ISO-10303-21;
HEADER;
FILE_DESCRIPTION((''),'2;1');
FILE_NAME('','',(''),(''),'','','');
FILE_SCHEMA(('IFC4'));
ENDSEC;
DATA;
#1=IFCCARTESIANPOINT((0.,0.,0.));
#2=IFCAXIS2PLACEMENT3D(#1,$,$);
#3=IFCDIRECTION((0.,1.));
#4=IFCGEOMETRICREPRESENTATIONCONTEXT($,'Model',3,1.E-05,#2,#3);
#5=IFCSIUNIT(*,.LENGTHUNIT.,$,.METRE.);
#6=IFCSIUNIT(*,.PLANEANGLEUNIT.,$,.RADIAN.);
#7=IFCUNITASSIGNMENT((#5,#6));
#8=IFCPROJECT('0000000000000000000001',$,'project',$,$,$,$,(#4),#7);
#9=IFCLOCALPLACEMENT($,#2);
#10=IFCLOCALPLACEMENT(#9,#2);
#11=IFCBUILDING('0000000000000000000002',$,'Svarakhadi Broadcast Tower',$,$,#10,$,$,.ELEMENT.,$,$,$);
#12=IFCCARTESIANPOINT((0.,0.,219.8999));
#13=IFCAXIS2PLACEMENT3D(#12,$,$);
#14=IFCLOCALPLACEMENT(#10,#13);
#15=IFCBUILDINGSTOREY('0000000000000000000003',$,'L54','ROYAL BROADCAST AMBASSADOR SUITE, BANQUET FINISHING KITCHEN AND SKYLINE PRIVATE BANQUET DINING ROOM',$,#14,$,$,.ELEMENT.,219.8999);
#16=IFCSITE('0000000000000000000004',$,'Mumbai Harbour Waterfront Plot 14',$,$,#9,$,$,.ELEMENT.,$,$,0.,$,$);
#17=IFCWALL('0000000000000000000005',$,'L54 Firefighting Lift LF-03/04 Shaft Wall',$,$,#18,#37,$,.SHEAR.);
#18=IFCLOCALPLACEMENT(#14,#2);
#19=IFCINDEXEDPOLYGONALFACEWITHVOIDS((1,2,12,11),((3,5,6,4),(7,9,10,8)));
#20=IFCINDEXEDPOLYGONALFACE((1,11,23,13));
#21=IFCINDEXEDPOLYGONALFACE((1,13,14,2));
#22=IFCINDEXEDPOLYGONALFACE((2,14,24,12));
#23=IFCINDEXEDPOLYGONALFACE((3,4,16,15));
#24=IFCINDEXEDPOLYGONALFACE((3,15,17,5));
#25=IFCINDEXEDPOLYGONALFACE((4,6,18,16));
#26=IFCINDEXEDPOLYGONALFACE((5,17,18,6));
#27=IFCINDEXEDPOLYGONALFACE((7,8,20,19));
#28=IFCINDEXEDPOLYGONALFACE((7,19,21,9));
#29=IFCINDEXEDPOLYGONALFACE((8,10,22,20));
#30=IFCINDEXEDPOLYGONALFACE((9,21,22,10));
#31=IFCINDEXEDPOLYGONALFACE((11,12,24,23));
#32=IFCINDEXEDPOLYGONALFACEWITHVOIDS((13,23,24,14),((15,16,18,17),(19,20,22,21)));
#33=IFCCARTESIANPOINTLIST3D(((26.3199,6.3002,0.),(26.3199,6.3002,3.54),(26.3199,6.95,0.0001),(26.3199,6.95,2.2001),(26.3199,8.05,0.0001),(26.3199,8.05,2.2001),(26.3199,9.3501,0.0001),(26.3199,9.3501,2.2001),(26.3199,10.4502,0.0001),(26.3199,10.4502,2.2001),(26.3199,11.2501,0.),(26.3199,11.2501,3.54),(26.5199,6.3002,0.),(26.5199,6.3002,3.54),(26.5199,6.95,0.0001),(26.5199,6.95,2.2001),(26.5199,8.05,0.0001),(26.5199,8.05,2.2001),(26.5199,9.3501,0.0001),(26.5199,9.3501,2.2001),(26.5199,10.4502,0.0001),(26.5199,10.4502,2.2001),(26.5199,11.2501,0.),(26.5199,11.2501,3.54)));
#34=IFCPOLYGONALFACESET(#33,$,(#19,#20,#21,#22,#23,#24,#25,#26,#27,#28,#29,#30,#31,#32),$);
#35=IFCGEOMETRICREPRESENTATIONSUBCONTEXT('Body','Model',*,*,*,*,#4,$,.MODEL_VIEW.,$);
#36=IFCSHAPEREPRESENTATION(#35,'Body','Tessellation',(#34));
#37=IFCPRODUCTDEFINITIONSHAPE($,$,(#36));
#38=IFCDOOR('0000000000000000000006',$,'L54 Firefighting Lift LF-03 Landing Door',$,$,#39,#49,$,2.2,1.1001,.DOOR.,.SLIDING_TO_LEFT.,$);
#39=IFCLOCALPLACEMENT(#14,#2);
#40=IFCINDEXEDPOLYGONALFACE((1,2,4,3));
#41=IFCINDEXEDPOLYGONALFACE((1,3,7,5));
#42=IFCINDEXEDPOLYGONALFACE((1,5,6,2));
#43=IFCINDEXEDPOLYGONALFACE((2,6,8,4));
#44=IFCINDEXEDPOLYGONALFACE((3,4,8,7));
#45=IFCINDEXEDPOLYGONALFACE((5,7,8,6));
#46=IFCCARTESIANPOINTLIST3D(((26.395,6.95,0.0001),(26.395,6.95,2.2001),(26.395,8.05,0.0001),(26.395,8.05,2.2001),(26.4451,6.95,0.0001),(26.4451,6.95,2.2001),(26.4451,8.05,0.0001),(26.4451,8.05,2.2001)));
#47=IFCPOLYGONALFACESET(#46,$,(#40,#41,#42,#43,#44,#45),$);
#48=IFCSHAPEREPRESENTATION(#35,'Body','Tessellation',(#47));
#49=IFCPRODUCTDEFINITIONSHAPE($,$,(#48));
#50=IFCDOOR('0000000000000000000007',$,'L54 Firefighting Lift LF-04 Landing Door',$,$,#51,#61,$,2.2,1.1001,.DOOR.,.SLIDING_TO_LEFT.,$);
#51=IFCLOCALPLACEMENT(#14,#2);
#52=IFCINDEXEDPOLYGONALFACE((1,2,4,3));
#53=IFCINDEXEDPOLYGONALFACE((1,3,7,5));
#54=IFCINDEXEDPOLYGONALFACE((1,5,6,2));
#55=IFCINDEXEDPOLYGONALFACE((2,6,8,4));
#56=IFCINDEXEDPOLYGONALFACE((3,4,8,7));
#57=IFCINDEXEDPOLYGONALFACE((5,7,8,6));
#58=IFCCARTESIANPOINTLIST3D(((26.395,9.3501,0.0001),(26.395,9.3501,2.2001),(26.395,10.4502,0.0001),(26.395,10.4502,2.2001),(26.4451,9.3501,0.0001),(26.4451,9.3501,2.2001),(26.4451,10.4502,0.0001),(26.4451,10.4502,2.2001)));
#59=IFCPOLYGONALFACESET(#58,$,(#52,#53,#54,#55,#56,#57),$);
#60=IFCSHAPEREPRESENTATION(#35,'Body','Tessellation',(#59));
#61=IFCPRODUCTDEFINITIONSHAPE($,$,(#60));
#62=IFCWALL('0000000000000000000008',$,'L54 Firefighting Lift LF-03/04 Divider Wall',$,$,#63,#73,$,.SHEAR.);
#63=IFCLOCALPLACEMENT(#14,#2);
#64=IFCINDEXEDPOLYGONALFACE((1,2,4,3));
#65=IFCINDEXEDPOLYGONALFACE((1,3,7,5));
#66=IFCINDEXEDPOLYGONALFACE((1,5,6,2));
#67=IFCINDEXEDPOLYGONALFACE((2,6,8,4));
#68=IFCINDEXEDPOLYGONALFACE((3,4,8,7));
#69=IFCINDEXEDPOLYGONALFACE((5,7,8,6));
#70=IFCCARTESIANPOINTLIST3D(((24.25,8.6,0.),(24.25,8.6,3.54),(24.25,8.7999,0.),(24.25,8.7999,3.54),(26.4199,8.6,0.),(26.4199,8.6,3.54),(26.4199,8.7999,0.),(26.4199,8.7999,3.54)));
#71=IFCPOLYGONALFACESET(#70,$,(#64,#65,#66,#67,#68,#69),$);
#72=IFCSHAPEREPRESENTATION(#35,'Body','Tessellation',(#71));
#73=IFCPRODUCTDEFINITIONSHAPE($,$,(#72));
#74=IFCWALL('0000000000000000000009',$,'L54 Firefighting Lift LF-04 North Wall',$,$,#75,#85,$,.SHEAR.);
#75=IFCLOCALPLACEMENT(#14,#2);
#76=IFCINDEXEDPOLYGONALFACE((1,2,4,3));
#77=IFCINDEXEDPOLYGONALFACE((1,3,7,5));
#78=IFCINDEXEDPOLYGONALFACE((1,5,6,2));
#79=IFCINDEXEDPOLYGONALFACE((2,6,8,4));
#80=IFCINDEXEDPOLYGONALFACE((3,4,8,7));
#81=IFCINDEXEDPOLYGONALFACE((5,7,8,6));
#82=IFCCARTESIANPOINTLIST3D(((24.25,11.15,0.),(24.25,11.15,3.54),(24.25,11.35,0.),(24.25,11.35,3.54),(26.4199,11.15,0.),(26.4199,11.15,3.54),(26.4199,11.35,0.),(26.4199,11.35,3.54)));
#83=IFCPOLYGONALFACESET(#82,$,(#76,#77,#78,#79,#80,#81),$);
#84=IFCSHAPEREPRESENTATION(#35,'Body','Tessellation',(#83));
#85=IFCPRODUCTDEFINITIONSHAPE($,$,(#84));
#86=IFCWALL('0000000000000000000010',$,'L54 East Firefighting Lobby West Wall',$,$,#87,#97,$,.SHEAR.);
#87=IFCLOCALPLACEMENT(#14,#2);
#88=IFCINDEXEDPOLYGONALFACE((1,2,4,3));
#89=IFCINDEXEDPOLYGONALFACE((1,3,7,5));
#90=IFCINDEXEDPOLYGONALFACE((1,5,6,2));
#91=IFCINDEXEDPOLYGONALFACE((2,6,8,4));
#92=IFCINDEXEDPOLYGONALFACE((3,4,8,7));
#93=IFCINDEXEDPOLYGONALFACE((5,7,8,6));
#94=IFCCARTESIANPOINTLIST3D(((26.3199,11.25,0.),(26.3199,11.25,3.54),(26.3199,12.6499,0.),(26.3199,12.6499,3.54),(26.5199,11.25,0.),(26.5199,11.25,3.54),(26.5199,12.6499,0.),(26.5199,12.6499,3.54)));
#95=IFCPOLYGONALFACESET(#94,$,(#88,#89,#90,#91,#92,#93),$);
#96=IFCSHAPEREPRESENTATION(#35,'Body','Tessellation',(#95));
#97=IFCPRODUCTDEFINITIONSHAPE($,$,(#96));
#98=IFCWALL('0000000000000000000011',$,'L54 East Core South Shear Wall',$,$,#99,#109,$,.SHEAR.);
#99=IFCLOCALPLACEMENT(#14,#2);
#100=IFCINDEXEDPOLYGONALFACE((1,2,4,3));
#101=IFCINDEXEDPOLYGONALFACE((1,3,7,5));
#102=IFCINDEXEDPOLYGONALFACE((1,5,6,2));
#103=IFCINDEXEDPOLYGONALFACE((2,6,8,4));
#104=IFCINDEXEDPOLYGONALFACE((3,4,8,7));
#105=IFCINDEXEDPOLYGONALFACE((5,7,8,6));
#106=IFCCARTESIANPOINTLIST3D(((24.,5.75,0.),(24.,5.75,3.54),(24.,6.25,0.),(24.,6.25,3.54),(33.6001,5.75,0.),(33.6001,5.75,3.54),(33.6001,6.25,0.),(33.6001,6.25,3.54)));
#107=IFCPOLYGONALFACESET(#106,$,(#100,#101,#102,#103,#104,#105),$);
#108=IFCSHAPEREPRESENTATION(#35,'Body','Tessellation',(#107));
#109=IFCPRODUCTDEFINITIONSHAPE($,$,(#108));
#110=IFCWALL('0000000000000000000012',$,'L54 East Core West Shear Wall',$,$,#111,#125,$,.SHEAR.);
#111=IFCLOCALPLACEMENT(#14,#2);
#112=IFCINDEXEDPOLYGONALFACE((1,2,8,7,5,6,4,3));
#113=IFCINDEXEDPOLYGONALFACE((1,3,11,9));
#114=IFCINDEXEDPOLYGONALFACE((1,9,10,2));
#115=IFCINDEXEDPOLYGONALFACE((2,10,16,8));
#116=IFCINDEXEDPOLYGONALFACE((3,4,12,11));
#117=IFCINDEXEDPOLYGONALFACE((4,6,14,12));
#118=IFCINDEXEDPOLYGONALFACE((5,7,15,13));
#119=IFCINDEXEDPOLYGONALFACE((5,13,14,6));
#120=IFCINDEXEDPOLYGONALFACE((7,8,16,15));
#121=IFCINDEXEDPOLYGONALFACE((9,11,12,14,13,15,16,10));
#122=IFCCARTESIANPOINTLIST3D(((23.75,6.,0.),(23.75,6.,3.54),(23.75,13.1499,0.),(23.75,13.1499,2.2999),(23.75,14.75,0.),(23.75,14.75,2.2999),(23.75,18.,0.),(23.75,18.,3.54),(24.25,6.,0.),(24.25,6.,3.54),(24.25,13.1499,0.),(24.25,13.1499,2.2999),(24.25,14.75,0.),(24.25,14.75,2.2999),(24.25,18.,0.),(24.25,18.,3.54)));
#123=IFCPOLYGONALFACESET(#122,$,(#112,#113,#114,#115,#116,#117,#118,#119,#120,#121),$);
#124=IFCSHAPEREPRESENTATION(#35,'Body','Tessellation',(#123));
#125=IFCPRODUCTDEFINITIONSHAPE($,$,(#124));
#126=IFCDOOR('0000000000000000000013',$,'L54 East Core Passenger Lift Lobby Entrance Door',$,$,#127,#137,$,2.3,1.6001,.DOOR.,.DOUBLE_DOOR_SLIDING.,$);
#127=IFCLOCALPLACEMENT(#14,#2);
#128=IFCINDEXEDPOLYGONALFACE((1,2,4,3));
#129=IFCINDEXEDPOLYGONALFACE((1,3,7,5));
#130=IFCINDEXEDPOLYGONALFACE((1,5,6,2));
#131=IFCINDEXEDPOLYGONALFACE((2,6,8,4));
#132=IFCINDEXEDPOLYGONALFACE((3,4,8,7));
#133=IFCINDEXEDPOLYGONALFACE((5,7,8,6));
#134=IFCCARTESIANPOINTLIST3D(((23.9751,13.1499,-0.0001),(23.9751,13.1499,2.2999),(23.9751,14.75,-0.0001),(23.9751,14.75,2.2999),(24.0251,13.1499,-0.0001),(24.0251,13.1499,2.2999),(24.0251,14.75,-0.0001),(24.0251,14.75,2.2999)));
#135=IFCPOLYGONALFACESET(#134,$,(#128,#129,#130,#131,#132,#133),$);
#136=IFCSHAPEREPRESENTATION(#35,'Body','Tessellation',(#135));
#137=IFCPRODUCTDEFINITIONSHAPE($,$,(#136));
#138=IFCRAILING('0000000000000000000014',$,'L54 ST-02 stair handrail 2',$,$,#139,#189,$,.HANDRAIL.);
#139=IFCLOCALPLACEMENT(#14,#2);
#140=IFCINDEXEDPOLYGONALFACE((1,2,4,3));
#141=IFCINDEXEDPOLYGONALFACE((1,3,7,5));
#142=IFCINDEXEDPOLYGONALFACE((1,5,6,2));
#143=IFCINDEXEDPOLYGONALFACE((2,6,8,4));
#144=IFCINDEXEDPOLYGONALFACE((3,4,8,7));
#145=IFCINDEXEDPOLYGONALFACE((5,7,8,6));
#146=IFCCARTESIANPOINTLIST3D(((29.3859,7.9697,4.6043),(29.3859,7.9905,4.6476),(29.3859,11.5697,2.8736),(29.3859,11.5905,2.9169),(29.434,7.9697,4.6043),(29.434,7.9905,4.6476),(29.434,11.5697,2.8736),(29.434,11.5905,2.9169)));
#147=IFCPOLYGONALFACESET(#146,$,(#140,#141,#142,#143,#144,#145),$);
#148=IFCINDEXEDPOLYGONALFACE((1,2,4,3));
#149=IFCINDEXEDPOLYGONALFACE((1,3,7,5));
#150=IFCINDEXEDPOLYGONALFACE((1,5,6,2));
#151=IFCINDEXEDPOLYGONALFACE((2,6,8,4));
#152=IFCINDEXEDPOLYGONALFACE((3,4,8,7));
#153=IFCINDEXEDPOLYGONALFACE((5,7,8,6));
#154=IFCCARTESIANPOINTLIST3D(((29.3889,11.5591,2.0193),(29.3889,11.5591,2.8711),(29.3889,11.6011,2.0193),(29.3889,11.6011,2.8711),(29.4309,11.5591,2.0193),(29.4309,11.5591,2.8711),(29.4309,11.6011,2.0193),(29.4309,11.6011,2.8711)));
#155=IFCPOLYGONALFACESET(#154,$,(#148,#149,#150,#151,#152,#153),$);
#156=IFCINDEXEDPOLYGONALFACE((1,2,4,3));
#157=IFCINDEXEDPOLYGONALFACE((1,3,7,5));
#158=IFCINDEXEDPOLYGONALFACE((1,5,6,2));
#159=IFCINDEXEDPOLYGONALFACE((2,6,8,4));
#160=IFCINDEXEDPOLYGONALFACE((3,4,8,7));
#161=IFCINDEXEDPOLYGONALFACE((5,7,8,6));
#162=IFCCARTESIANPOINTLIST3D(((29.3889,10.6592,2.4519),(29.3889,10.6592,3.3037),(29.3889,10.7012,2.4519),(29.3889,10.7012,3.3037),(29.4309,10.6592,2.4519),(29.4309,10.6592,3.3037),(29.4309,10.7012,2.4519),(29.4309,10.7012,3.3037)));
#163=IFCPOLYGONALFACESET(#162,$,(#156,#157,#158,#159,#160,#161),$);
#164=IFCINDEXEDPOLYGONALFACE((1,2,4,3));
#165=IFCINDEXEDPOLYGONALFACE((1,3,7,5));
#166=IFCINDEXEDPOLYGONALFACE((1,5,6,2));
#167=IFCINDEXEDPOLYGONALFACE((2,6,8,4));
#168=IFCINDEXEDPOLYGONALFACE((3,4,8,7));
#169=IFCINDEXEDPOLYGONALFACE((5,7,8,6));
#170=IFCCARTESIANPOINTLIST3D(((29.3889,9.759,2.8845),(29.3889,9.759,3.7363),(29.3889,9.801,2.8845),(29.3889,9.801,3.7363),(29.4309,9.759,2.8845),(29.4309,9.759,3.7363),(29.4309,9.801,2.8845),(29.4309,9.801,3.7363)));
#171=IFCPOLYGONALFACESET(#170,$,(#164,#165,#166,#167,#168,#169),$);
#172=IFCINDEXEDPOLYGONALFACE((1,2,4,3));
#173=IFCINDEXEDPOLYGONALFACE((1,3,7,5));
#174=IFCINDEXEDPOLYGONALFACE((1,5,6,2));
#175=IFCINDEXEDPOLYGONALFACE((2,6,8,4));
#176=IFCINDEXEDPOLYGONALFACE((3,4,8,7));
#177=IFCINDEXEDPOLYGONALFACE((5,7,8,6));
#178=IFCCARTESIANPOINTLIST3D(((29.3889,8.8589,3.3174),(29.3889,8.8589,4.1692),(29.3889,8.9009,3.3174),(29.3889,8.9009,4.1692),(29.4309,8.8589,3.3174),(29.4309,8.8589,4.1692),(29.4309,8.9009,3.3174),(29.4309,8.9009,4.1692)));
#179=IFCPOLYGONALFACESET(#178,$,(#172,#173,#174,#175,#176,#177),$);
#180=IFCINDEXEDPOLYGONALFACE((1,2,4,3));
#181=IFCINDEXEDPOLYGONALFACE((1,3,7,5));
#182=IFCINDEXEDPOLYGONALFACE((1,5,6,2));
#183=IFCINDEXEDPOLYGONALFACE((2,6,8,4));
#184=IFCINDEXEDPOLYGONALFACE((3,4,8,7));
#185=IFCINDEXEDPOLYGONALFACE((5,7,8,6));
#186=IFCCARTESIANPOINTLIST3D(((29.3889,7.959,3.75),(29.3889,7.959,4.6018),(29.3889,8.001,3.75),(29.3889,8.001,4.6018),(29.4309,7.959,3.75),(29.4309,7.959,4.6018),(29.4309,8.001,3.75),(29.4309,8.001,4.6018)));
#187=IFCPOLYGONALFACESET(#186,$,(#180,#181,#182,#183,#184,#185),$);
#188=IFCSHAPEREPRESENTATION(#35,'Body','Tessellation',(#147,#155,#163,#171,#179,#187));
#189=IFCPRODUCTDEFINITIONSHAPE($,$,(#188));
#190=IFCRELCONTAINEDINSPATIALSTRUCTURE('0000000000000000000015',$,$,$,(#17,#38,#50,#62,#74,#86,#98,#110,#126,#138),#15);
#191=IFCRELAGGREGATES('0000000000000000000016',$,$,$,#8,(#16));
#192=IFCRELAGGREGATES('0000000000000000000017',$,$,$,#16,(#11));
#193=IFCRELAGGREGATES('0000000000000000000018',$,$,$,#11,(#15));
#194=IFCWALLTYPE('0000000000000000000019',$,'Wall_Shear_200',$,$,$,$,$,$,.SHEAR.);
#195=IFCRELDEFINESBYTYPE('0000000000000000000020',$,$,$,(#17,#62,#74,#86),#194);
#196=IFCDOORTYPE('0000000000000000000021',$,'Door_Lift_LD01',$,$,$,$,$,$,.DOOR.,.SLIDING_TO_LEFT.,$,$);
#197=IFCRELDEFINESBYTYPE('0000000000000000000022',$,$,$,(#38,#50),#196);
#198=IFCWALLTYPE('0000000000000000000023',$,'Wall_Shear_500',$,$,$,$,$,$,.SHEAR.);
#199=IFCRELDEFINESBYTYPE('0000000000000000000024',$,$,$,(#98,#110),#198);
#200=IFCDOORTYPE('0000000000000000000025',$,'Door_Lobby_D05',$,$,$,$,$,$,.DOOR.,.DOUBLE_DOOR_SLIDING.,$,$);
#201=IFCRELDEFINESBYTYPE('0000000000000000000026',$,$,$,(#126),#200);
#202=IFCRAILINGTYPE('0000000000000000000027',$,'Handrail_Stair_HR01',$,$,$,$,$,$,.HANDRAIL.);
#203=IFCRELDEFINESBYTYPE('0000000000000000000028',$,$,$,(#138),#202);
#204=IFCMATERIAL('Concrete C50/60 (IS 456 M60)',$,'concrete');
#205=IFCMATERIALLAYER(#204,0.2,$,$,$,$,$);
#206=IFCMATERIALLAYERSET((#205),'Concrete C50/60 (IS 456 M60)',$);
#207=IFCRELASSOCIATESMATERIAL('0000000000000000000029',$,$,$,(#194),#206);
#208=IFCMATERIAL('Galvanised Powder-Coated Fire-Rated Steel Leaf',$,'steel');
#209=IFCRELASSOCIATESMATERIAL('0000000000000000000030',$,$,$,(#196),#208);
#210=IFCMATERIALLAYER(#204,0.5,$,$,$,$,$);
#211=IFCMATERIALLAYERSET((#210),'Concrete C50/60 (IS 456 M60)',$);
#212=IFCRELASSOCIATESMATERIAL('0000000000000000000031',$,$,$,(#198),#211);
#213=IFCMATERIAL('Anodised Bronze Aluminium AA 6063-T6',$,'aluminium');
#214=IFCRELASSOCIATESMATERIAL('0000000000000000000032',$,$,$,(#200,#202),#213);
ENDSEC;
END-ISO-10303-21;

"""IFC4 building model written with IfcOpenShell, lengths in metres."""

from ifc_helpers import new_model, si_unit, direction, frame, frame_2d, origin, origin_2d, place, context, subcontext, project, spatial, rectangle, extrude, material, layer, layer_set, type_object, element, fill, save


model = new_model("IFC4")

# Units and contexts
model_context = context("Model", 3, precision=1e-05, world=origin(), true_north=direction((0.0, 1.0)))
body_context = subcontext(model_context, "Body", "Model", "MODEL_VIEW")
ifc_project = project(units=[si_unit("LENGTHUNIT", "METRE"), si_unit("PLANEANGLEUNIT", "RADIAN")], contexts=[model_context])

# Site, building, storey
site_placement = place(None, origin())
site = spatial("IfcSite", under=ifc_project, at=site_placement, Name="Mumbai Harbour Waterfront Plot 14", CompositionType="ELEMENT", RefElevation=0.0)
building_placement = place(site_placement, origin())
building = spatial("IfcBuilding", under=site, at=building_placement, Name="Svarakhadi Broadcast Tower", CompositionType="ELEMENT")
storey_placement = place(building_placement, frame((0.0, 0.0, 219.8999)))
storey = spatial("IfcBuildingStorey", under=building, at=storey_placement, Name="L54", Description="ROYAL BROADCAST AMBASSADOR SUITE, BANQUET FINISHING KITCHEN AND SKYLINE PRIVATE BANQUET DINING ROOM", CompositionType="ELEMENT", Elevation=219.8999)

# Shared definitions
ifc_material_1 = material(Name="Concrete C50/60 (IS 456 M60)", Category="concrete")

# Shared definitions
ifc_layer_1 = layer(ifc_material_1, 0.2)
ifc_layer_set_1 = layer_set([ifc_layer_1], Name="Concrete C50/60 (IS 456 M60)")
wall_type_1 = type_object("IfcWallType", Name="Wall_Shear_200", PredefinedType="SHEAR", material=ifc_layer_set_1)
ifc_material_2 = material(Name="Galvanised Powder-Coated Fire-Rated Steel Leaf", Category="steel")

# Wall, openings, doors
wall_1_placement = place(storey_placement, frame((26.4199, 6.3, 0.0), z_axis=(0.0, 0.0, 1.0), x_axis=(0.0, 1.0, 0.0)))
wall_1 = element("IfcWall", 1, at=wall_1_placement, inside=storey, type_object=wall_type_1, Name="L54 Firefighting Lift LF-03/04 Shaft Wall", PredefinedType="SHEAR", context=body_context, shape_type="SweptSolid", body=[
    extrude(rectangle(XDim=4.95, YDim=0.2, at=frame_2d((2.4751, 0.0))), origin(), (0.0, 0.0, 1.0), 3.54),
])
opening_1_placement = place(wall_1_placement, frame((0.6499, 0.0, 0.0)))
opening_1 = element("IfcOpeningElement", 2, at=opening_1_placement, cuts=wall_1, PredefinedType="OPENING", context=body_context, shape_type="SweptSolid", body=[
    extrude(rectangle(XDim=1.1001, YDim=2.2, at=frame_2d((0.55, 1.1001))), frame((0.0, 0.1099, 0.0), z_axis=(0.0, -1.0, 0.0), x_axis=(1.0, 0.0, 0.0)), (0.0, 0.0, 1.0), 0.22),
])
opening_2_placement = place(wall_1_placement, frame((3.05, 0.0, 0.0)))
opening_2 = element("IfcOpeningElement", 3, at=opening_2_placement, cuts=wall_1, PredefinedType="OPENING", context=body_context, shape_type="SweptSolid", body=[
    extrude(rectangle(XDim=1.1001, YDim=2.2, at=frame_2d((0.55, 1.1001))), frame((0.0, 0.1099, 0.0), z_axis=(0.0, -1.0, 0.0), x_axis=(1.0, 0.0, 0.0)), (0.0, 0.0, 1.0), 0.22),
])
door_type_1 = type_object("IfcDoorType", Name="Door_Lift_LD01", OperationType="SLIDING_TO_LEFT", PredefinedType="DOOR", material=ifc_material_2)
door_1_placement = place(opening_1_placement, origin())
door_1 = element("IfcDoor", 4, at=door_1_placement, inside=storey, type_object=door_type_1, Name="L54 Firefighting Lift LF-03 Landing Door", OperationType="SLIDING_TO_LEFT", OverallHeight=2.2, OverallWidth=1.1001, PredefinedType="DOOR", context=body_context, shape_type="SweptSolid", body=[
    extrude(rectangle(XDim=1.1001, YDim=2.2, at=frame_2d((0.55, 1.1001))), frame((0.0, 0.0249, 0.0), z_axis=(0.0, -1.0, 0.0), x_axis=(1.0, 0.0, 0.0)), (0.0, 0.0, 1.0), 0.05),
])
fill(opening_1, door_1)
door_2_placement = place(opening_2_placement, origin())
door_2 = element("IfcDoor", 5, at=door_2_placement, inside=storey, type_object=door_type_1, Name="L54 Firefighting Lift LF-04 Landing Door", OperationType="SLIDING_TO_LEFT", OverallHeight=2.2, OverallWidth=1.1001, PredefinedType="DOOR", context=body_context, shape_type="SweptSolid", body=[
    extrude(rectangle(XDim=1.1001, YDim=2.2, at=frame_2d((0.55, 1.1001))), frame((0.0, 0.0249, 0.0), z_axis=(0.0, -1.0, 0.0), x_axis=(1.0, 0.0, 0.0)), (0.0, 0.0, 1.0), 0.05),
])
fill(opening_2, door_2)

# Walls
for number, where, z_axis, x_axis, name in (
    (6, (24.25, 8.7, 0.0), (0.0, 0.0, 1.0), (1.0, 0.0, 0.0), "L54 Firefighting Lift LF-03/04 Divider Wall"),
    (7, (24.25, 11.25, 0.0), (0.0, 0.0, 1.0), (1.0, 0.0, 0.0), "L54 Firefighting Lift LF-04 North Wall"),
):
    element("IfcWall", number, at=place(storey_placement, frame(where, z_axis=z_axis, x_axis=x_axis)), inside=storey, type_object=wall_type_1, Name=name, PredefinedType="SHEAR", context=body_context, shape_type="SweptSolid", body=[
        extrude(rectangle(XDim=2.1699, YDim=0.2, at=frame_2d((1.085, 0.0))), origin(), (0.0, 0.0, 1.0), 3.54),
    ])
wall_2_placement = place(storey_placement, frame((26.4199, 11.25, 0.0), z_axis=(0.0, 0.0, 1.0), x_axis=(0.0, 1.0, 0.0)))
element("IfcWall", 8, at=wall_2_placement, inside=storey, type_object=wall_type_1, Name="L54 East Firefighting Lobby West Wall", PredefinedType="SHEAR", context=body_context, shape_type="SweptSolid", body=[
    extrude(rectangle(XDim=1.3999, YDim=0.2, at=frame_2d((0.7, 0.0))), origin(), (0.0, 0.0, 1.0), 3.54),
])
ifc_layer_2 = layer(ifc_material_1, 0.5)
ifc_layer_set_2 = layer_set([ifc_layer_2], Name="Concrete C50/60 (IS 456 M60)")
wall_type_2 = type_object("IfcWallType", Name="Wall_Shear_500", PredefinedType="SHEAR", material=ifc_layer_set_2)
wall_3_placement = place(storey_placement, frame((24.0, 6.0, 0.0), z_axis=(0.0, 0.0, 1.0), x_axis=(1.0, 0.0, 0.0)))
element("IfcWall", 9, at=wall_3_placement, inside=storey, type_object=wall_type_2, Name="L54 East Core South Shear Wall", PredefinedType="SHEAR", context=body_context, shape_type="SweptSolid", body=[
    extrude(rectangle(XDim=9.6001, YDim=0.5, at=frame_2d((4.8, 0.0))), origin(), (0.0, 0.0, 1.0), 3.54),
])

# Wall, opening, door
wall_4_placement = place(storey_placement, frame((24.0, 6.0, 0.0), z_axis=(0.0, 0.0, 1.0), x_axis=(0.0, 1.0, 0.0)))
wall_4 = element("IfcWall", 10, at=wall_4_placement, inside=storey, type_object=wall_type_2, Name="L54 East Core West Shear Wall", PredefinedType="SHEAR", context=body_context, shape_type="SweptSolid", body=[
    extrude(rectangle(XDim=12.0, YDim=0.5, at=frame_2d((6.0, 0.0))), origin(), (0.0, 0.0, 1.0), 3.54),
])
opening_3_placement = place(wall_4_placement, frame((7.1499, 0.0, 0.0)))
opening_3 = element("IfcOpeningElement", 11, at=opening_3_placement, cuts=wall_4, PredefinedType="OPENING", context=body_context, shape_type="SweptSolid", body=[
    extrude(rectangle(XDim=1.6001, YDim=2.3, at=frame_2d((0.8, 1.1499))), frame((0.0, 0.26, 0.0), z_axis=(0.0, -1.0, 0.0), x_axis=(1.0, 0.0, 0.0)), (0.0, 0.0, 1.0), 0.52),
])
ifc_material_3 = material(Name="Anodised Bronze Aluminium AA 6063-T6", Category="aluminium")
door_type_2 = type_object("IfcDoorType", Name="Door_Lobby_D05", OperationType="DOUBLE_DOOR_SLIDING", PredefinedType="DOOR", material=ifc_material_3)
door_3_placement = place(opening_3_placement, origin())
door_3 = element("IfcDoor", 12, at=door_3_placement, inside=storey, type_object=door_type_2, Name="L54 East Core Passenger Lift Lobby Entrance Door", OperationType="DOUBLE_DOOR_SLIDING", OverallHeight=2.3, OverallWidth=1.6001, PredefinedType="DOOR", context=body_context, shape_type="SweptSolid", body=[
    extrude(rectangle(XDim=1.6001, YDim=2.3, at=frame_2d((0.8, 1.1499))), frame((0.0, 0.0249, 0.0), z_axis=(0.0, -1.0, 0.0), x_axis=(1.0, 0.0, 0.0)), (0.0, 0.0, 1.0), 0.05),
])
fill(opening_3, door_3)

# Railing
railing_type = type_object("IfcRailingType", Name="Handrail_Stair_HR01", PredefinedType="HANDRAIL", material=ifc_material_3)
railing_placement = place(storey_placement, frame((29.4099, 11.5801, 2.0193)))
element("IfcRailing", 13, at=railing_placement, inside=storey, type_object=railing_type, Name="L54 ST-02 stair handrail 2", PredefinedType="HANDRAIL", context=body_context, shape_type="SweptSolid", body=[
    extrude(rectangle(XDim=0.0481, YDim=0.0481, at=origin_2d()), frame((0.0, 0.0, 0.876), z_axis=(0.0, -0.901263, 0.433273), x_axis=(1.0, 0.0, 0.0)), (0.0, 0.0, 1.0), 3.9944),
    extrude(rectangle(XDim=0.042, YDim=0.042, at=origin_2d()), origin(), (0.0, 0.0, 1.0), 0.8518),
    extrude(rectangle(XDim=0.042, YDim=0.042, at=origin_2d()), frame((0.0, -0.8999, 0.4326)), (0.0, 0.0, 1.0), 0.8518),
    extrude(rectangle(XDim=0.042, YDim=0.042, at=origin_2d()), frame((0.0, -1.8, 0.8652)), (0.0, 0.0, 1.0), 0.8518),
    extrude(rectangle(XDim=0.042, YDim=0.042, at=origin_2d()), frame((0.0, -2.7002, 1.2981)), (0.0, 0.0, 1.0), 0.8518),
    extrude(rectangle(XDim=0.042, YDim=0.042, at=origin_2d()), frame((0.0, -3.6001, 1.7307)), (0.0, 0.0, 1.0), 0.8518),
])

save(model, "model.ifc")
